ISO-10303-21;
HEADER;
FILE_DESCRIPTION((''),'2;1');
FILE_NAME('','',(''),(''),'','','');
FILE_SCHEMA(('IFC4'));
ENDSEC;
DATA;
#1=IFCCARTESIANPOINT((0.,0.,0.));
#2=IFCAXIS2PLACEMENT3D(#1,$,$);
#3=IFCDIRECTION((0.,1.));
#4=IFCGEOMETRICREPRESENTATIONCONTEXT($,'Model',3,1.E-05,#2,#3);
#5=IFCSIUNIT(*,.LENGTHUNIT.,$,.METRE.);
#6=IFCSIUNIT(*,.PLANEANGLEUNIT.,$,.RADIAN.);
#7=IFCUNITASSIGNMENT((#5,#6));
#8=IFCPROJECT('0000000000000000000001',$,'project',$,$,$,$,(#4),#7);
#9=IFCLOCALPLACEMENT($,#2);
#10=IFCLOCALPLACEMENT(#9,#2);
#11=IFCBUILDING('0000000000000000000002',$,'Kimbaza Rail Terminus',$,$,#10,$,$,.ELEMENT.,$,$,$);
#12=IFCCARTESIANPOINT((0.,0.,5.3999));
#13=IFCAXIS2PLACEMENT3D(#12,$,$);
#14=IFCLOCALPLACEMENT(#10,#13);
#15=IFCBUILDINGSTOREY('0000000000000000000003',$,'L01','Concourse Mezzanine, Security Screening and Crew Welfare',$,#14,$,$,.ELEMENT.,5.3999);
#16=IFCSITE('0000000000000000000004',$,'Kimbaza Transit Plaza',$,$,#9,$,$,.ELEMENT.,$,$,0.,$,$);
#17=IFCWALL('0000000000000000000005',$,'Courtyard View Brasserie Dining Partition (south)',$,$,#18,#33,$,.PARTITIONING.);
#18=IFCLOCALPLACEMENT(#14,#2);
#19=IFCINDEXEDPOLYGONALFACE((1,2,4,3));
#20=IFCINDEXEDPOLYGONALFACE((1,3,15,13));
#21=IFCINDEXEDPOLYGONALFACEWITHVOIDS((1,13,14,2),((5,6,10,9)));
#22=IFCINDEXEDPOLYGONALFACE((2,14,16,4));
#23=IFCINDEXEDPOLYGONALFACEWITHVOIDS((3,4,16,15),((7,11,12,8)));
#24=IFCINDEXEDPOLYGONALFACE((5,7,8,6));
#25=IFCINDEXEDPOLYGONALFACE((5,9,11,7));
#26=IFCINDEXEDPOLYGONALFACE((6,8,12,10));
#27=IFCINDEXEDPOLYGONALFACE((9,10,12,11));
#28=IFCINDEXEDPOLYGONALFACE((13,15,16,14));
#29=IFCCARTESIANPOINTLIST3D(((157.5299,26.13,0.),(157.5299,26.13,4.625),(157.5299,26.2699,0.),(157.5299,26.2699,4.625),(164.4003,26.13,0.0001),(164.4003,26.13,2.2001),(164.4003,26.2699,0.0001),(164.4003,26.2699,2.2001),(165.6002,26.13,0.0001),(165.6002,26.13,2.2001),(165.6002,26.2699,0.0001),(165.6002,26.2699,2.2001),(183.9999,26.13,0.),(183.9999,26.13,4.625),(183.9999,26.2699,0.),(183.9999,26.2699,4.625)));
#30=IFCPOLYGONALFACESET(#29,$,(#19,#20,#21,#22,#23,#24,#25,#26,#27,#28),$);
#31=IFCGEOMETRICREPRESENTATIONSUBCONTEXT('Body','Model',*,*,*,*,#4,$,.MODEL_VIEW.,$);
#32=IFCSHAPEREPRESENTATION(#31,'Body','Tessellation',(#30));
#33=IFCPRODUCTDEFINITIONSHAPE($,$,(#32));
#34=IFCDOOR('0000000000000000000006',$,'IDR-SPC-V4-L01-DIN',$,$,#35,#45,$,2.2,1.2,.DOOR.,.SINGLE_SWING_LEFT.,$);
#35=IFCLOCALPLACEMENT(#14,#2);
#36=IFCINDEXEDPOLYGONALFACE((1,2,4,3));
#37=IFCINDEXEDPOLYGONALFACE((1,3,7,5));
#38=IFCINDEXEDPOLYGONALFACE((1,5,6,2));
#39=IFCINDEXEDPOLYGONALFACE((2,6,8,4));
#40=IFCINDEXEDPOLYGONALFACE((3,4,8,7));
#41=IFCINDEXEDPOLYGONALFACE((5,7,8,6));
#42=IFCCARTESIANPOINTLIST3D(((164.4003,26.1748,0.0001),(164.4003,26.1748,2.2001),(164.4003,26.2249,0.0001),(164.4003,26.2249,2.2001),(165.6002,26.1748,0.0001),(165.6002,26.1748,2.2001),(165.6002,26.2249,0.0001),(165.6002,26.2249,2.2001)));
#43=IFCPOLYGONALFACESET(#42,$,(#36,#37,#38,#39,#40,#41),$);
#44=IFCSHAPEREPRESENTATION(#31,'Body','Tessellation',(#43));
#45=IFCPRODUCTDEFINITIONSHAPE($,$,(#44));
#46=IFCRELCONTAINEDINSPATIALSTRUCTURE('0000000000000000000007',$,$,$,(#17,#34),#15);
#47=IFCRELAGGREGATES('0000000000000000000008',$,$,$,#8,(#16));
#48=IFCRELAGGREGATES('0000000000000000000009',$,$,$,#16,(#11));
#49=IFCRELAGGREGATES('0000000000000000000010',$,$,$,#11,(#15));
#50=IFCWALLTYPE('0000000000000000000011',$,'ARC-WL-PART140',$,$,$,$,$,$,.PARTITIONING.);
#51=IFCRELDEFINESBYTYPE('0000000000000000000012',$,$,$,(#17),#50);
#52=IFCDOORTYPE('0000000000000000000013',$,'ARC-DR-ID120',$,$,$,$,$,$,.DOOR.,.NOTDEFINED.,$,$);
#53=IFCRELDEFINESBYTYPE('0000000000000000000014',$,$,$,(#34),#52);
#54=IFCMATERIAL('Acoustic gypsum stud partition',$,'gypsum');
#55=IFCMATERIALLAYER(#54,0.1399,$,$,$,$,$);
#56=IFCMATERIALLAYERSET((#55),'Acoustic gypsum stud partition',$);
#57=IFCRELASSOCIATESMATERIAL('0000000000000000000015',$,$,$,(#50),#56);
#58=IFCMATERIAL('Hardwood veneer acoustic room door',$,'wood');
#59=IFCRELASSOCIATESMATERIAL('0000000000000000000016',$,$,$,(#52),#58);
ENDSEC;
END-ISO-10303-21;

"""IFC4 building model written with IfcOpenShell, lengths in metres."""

from ifc_helpers import new_model, si_unit, direction, frame, frame_2d, origin, place, context, subcontext, project, spatial, rectangle, extrude, material, layer, layer_set, type_object, element, fill, save


model = new_model("IFC4")

# Units and contexts
model_context = context("Model", 3, precision=1e-05, world=origin(), true_north=direction((0.0, 1.0)))
body_context = subcontext(model_context, "Body", "Model", "MODEL_VIEW")
ifc_project = project(units=[si_unit("LENGTHUNIT", "METRE"), si_unit("PLANEANGLEUNIT", "RADIAN")], contexts=[model_context])

# Site, building, storey
site_placement = place(None, origin())
site = spatial("IfcSite", under=ifc_project, at=site_placement, Name="Kimbaza Transit Plaza", CompositionType="ELEMENT", RefElevation=0.0)
building_placement = place(site_placement, origin())
building = spatial("IfcBuilding", under=site, at=building_placement, Name="Kimbaza Rail Terminus", CompositionType="ELEMENT")
storey_placement = place(building_placement, frame((0.0, 0.0, 5.3999)))
storey = spatial("IfcBuildingStorey", under=building, at=storey_placement, Name="L01", Description="Concourse Mezzanine, Security Screening and Crew Welfare", CompositionType="ELEMENT", Elevation=5.3999)

# Wall, opening, door
ifc_material_1 = material(Name="Acoustic gypsum stud partition", Category="gypsum")
ifc_layer_1 = layer(ifc_material_1, 0.1399)
ifc_layer_set_1 = layer_set([ifc_layer_1], Name="Acoustic gypsum stud partition")
wall_type_1 = type_object("IfcWallType", Name="ARC-WL-PART140", PredefinedType="PARTITIONING", material=ifc_layer_set_1)
wall_placement = place(storey_placement, frame((157.53, 26.2, 0.0), z_axis=(0.0, 0.0, 1.0), x_axis=(1.0, 0.0, 0.0)))
wall = element("IfcWall", 1, at=wall_placement, inside=storey, type_object=wall_type_1, Name="Courtyard View Brasserie Dining Partition (south)", PredefinedType="PARTITIONING", context=body_context, shape_type="SweptSolid", body=[
    extrude(rectangle(XDim=26.47, YDim=0.1399, at=frame_2d((13.2349, 0.0))), origin(), (0.0, 0.0, 1.0), 4.625),
])
opening_placement = place(wall_placement, frame((6.8701, 0.0, 0.0)))
opening = element("IfcOpeningElement", 2, at=opening_placement, cuts=wall, PredefinedType="OPENING", context=body_context, shape_type="SweptSolid", body=[
    extrude(rectangle(XDim=1.2, YDim=2.2, at=frame_2d((0.6001, 1.1001))), frame((0.0, 0.0798, 0.0), z_axis=(0.0, -1.0, 0.0), x_axis=(1.0, 0.0, 0.0)), (0.0, 0.0, 1.0), 0.1599),
])
ifc_material_2 = material(Name="Hardwood veneer acoustic room door", Category="wood")
door_type = type_object("IfcDoorType", Name="ARC-DR-ID120", OperationType="NOTDEFINED", PredefinedType="DOOR", material=ifc_material_2)
door_placement = place(opening_placement, origin())
door = element("IfcDoor", 3, at=door_placement, inside=storey, type_object=door_type, Name="IDR-SPC-V4-L01-DIN", OperationType="SINGLE_SWING_LEFT", OverallHeight=2.2, OverallWidth=1.2, PredefinedType="DOOR", context=body_context, shape_type="SweptSolid", body=[
    extrude(rectangle(XDim=1.2, YDim=2.2, at=frame_2d((0.6001, 1.1001))), frame((0.0, 0.0249, 0.0), z_axis=(0.0, -1.0, 0.0), x_axis=(1.0, 0.0, 0.0)), (0.0, 0.0, 1.0), 0.05),
])
fill(opening, door)

save(model, "model.ifc")
